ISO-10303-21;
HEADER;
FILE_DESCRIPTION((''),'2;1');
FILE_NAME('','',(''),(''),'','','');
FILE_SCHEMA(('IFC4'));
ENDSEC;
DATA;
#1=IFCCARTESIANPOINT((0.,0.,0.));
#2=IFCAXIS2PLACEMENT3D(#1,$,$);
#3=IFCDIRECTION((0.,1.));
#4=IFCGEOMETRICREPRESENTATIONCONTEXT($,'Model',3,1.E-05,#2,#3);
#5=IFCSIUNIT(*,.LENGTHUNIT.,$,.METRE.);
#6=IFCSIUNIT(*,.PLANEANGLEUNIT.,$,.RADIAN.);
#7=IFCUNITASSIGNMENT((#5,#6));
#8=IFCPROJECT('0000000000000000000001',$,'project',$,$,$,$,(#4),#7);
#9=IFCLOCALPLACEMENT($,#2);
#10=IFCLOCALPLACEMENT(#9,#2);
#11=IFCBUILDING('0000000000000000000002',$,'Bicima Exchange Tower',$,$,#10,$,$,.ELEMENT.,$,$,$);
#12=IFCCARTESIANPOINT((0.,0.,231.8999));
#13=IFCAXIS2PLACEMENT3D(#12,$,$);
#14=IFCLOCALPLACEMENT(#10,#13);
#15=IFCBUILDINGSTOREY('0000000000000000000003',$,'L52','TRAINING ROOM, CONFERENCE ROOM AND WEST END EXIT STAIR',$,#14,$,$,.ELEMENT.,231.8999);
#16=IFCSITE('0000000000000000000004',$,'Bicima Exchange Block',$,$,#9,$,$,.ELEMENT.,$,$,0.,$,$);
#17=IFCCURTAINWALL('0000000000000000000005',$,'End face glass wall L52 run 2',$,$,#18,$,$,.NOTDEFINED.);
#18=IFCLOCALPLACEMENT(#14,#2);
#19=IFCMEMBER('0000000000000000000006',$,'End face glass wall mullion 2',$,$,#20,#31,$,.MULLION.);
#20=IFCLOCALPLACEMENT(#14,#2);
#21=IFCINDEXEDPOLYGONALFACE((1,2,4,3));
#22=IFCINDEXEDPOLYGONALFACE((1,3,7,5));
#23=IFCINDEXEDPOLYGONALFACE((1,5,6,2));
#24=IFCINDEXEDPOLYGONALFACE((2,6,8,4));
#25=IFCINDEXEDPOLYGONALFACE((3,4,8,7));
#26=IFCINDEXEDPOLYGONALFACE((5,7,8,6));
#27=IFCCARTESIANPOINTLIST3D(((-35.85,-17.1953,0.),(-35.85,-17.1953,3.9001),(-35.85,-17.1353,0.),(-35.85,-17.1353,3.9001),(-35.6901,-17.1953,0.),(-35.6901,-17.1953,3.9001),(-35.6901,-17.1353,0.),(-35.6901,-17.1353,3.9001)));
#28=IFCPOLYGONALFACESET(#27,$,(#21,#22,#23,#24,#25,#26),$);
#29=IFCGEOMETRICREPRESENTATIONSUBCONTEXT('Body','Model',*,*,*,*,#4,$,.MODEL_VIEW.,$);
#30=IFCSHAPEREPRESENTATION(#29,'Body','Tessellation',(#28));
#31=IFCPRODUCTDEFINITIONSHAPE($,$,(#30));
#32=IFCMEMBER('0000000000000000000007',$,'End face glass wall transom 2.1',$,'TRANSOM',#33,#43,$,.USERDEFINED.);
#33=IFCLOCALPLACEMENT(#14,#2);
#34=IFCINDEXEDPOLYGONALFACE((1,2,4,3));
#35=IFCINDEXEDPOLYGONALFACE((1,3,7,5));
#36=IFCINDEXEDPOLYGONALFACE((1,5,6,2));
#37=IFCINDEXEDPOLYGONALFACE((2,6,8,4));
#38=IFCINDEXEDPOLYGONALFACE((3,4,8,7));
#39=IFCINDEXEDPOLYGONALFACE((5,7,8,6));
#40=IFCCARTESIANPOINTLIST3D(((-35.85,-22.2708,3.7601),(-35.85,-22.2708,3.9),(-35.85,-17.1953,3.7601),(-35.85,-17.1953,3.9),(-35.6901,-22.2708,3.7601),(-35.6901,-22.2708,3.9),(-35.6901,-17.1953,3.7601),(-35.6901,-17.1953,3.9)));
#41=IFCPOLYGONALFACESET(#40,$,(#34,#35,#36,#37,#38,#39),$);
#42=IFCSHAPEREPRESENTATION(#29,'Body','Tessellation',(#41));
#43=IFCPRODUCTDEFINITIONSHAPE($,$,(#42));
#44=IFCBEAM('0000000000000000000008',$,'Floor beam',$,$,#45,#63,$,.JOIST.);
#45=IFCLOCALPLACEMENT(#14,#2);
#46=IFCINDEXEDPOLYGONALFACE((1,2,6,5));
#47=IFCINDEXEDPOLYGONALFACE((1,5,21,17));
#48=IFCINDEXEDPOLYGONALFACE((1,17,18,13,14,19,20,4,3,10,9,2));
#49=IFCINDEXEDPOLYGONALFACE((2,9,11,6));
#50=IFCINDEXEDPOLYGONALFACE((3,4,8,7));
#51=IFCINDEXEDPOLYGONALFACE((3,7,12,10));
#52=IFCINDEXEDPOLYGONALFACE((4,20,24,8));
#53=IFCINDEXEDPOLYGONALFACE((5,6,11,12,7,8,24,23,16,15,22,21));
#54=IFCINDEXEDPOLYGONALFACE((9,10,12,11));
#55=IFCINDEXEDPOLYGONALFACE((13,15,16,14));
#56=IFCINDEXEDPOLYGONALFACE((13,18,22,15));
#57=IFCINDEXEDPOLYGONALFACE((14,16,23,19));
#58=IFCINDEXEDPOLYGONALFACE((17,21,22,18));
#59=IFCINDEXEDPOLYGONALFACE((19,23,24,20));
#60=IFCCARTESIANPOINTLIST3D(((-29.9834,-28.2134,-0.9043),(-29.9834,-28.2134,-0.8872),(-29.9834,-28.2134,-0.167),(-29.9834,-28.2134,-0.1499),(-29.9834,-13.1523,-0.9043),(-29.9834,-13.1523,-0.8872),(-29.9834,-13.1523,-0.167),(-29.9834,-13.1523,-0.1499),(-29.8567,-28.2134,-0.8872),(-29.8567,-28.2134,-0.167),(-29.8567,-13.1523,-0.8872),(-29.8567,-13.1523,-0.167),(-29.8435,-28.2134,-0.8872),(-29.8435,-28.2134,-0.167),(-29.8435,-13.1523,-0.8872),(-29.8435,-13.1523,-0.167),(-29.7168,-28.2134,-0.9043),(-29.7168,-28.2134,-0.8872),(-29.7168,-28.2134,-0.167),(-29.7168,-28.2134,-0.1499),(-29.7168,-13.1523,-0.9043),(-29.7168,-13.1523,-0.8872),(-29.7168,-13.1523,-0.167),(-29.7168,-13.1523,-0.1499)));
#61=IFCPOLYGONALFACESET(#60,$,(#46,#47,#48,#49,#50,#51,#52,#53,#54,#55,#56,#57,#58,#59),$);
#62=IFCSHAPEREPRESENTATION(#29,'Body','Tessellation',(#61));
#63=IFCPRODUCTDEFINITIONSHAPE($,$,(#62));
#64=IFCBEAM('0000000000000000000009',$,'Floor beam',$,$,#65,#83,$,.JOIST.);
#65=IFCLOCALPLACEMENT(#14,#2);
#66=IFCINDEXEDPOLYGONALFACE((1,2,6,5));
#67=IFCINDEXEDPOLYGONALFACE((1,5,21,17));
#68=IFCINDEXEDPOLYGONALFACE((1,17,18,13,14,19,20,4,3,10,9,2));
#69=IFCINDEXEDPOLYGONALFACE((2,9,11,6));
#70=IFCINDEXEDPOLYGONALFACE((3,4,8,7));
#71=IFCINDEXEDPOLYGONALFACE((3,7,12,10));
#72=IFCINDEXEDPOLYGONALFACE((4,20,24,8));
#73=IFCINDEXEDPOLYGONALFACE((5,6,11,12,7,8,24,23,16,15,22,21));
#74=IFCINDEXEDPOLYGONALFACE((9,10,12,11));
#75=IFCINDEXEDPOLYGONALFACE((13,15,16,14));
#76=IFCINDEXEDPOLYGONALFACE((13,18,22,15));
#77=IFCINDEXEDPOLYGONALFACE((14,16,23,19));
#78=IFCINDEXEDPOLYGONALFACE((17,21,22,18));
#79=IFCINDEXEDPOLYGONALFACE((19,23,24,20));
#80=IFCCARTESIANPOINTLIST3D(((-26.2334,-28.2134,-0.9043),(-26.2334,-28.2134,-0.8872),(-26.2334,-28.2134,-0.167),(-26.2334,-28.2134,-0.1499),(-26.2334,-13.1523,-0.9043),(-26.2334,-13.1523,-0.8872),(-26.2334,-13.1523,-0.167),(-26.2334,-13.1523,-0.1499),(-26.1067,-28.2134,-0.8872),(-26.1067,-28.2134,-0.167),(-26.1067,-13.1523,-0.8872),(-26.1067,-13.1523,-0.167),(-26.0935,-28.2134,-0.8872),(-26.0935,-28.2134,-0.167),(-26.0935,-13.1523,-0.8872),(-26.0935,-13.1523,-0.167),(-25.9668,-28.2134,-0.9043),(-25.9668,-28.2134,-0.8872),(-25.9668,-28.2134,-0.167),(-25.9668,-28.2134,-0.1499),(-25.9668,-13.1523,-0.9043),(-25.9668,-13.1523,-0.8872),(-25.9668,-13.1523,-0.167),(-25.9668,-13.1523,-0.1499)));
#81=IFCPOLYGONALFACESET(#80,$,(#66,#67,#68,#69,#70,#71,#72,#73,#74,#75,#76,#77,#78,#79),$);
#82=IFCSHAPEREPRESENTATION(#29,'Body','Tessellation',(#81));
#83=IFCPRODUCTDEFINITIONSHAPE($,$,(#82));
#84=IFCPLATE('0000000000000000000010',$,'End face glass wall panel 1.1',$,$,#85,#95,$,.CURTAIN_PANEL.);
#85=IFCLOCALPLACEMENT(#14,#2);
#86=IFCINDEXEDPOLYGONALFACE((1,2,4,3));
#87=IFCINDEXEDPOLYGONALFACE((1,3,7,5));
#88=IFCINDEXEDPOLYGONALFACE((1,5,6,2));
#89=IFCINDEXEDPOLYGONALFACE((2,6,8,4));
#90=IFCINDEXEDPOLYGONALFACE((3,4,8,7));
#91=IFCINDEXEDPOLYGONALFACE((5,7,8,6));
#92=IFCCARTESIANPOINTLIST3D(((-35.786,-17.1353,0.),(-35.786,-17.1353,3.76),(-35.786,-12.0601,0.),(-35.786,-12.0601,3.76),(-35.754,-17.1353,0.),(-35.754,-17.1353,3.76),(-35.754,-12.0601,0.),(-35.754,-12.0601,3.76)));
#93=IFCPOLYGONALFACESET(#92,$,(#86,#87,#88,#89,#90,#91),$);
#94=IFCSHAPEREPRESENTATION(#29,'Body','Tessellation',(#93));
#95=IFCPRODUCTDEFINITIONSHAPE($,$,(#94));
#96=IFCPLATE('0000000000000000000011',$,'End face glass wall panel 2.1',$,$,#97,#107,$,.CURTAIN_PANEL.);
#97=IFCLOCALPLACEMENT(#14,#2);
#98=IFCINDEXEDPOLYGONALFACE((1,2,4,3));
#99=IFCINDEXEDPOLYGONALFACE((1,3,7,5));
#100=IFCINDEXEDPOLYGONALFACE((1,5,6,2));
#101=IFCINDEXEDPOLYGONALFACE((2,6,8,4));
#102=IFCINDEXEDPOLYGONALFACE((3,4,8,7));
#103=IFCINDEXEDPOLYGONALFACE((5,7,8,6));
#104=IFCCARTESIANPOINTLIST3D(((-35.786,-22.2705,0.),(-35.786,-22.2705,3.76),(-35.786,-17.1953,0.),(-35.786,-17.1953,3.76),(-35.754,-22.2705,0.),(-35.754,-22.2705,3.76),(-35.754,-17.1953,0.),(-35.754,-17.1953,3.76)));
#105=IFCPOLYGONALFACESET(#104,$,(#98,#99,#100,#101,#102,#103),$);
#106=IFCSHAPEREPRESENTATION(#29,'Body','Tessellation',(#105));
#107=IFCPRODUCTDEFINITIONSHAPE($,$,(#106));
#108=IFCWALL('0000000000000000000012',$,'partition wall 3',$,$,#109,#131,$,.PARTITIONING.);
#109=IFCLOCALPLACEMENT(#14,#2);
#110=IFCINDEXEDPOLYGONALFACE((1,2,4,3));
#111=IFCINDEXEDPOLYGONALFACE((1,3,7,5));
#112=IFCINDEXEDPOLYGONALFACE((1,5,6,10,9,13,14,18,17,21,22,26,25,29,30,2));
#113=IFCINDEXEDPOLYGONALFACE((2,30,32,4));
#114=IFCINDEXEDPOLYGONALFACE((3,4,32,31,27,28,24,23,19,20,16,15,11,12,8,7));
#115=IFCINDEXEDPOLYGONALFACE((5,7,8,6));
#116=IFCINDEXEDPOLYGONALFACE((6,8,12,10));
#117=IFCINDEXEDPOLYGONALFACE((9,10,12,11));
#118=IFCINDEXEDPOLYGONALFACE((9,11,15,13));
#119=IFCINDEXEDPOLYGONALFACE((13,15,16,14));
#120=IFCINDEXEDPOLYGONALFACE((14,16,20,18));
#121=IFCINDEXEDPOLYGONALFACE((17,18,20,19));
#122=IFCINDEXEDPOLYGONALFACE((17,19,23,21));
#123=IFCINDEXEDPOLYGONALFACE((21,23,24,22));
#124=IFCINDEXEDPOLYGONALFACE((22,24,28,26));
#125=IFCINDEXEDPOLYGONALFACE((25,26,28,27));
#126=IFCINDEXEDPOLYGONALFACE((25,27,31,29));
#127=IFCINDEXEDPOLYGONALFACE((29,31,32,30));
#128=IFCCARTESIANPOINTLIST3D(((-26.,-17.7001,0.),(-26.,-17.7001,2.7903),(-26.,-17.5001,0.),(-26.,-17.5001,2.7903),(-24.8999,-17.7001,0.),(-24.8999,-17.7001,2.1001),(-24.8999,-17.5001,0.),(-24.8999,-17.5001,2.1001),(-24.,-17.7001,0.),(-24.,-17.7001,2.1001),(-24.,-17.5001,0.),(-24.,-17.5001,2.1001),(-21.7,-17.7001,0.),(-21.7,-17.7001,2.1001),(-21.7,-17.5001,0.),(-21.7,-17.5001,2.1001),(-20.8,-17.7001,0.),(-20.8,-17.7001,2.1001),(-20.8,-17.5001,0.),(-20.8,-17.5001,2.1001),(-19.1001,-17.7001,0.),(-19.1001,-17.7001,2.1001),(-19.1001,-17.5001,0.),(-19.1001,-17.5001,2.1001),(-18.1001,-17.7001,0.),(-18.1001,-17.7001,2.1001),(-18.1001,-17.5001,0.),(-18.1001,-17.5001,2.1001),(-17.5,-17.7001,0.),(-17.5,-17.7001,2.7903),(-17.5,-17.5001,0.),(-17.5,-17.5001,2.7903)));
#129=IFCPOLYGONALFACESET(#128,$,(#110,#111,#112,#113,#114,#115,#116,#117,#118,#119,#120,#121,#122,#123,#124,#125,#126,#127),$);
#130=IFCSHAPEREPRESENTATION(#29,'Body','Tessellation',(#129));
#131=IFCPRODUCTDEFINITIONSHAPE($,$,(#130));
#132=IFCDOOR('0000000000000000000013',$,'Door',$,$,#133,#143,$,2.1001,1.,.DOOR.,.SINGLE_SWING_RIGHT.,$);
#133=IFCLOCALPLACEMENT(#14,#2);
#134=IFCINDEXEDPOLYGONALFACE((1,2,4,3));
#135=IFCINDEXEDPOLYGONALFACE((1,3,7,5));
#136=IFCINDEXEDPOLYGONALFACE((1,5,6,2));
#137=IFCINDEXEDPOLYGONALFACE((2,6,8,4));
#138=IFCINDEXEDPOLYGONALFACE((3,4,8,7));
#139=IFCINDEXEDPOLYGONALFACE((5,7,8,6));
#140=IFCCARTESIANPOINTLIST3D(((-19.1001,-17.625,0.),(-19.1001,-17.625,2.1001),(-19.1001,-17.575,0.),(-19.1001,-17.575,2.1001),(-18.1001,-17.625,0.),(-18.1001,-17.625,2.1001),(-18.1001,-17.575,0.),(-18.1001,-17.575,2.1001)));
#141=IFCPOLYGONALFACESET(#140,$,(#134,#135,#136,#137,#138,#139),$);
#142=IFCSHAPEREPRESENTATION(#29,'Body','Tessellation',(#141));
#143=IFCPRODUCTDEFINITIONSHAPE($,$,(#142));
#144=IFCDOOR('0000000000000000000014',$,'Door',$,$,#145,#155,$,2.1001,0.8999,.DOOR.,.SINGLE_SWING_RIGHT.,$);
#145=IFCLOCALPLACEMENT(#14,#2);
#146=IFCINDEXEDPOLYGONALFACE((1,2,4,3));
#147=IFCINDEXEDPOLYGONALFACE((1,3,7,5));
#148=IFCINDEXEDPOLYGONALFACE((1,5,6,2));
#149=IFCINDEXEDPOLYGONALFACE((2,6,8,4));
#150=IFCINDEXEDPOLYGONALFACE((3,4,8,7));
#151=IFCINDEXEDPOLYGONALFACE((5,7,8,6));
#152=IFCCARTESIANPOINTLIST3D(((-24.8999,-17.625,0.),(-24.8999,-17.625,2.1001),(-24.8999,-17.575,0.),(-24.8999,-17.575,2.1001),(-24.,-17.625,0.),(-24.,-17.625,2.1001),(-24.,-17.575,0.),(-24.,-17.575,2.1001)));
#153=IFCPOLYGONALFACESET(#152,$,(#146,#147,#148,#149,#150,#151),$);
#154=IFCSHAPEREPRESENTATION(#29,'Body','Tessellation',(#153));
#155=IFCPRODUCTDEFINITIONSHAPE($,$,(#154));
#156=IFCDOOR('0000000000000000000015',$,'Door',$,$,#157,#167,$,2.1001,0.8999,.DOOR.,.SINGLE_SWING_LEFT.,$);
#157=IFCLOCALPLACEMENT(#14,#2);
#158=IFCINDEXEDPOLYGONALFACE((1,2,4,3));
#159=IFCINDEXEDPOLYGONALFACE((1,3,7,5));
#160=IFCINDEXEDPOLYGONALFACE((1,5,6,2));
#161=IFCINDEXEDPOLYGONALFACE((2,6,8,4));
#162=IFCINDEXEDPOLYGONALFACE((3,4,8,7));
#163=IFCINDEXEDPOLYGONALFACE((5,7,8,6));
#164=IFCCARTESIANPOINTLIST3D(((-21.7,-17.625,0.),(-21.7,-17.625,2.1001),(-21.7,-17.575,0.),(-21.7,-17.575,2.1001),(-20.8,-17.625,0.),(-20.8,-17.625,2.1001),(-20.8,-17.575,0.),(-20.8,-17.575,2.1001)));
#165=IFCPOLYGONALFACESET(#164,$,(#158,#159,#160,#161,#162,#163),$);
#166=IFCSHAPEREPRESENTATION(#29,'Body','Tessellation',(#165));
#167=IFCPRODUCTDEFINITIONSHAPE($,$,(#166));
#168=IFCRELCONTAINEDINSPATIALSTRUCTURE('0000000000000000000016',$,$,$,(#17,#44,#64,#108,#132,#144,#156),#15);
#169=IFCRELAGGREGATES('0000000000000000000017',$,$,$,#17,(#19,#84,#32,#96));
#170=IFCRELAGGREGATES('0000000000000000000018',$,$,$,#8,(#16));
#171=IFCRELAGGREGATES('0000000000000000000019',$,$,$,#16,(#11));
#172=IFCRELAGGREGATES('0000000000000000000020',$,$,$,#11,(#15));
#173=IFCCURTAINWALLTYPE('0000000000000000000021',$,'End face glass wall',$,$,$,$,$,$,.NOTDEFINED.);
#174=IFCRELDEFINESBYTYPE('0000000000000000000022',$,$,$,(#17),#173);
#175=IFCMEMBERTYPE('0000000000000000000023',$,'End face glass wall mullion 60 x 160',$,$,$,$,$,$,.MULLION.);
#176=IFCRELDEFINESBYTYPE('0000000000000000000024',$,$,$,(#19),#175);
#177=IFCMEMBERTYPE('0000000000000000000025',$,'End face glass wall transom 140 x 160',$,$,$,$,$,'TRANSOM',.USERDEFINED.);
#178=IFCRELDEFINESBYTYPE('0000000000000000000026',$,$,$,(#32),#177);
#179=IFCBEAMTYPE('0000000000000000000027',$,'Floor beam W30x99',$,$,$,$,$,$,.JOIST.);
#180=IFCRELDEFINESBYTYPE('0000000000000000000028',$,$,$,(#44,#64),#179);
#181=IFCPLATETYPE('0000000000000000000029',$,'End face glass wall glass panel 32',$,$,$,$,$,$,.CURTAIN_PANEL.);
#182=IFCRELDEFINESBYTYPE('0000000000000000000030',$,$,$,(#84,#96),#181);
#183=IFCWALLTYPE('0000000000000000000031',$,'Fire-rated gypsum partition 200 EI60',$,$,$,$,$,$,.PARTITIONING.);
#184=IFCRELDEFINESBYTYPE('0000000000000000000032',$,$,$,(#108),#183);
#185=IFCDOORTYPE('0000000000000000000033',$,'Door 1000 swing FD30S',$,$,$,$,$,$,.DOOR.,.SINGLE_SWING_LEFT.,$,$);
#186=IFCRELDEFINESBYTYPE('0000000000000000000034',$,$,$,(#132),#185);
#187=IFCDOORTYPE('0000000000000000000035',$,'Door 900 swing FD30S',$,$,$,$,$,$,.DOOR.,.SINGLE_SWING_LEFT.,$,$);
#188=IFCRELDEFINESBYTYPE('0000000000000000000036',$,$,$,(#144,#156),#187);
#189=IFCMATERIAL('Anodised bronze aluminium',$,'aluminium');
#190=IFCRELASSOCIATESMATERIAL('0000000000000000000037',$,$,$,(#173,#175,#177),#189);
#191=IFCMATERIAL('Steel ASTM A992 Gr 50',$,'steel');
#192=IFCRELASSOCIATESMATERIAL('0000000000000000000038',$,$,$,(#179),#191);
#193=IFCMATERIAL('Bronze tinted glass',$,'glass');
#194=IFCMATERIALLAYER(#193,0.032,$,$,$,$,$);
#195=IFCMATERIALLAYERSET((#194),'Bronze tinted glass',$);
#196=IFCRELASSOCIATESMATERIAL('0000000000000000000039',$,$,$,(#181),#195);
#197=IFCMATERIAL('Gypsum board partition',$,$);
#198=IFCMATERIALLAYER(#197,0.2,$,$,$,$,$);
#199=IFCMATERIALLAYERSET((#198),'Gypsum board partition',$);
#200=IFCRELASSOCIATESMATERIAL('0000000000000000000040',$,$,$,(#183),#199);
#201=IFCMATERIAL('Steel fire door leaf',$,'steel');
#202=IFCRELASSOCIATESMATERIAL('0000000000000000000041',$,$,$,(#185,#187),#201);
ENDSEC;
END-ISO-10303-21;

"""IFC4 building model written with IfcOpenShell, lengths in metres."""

from ifc_helpers import new_model, si_unit, direction, frame, frame_2d, origin, origin_2d, place, context, subcontext, project, spatial, rectangle, i_section, extrude, material, layer, layer_set, material_profile, profile_set, type_object, element, fill, aggregate, save


model = new_model("IFC4")

# Units and contexts
model_context = context("Model", 3, precision=1e-05, world=origin(), true_north=direction((0.0, 1.0)))
body_context = subcontext(model_context, "Body", "Model", "MODEL_VIEW")
ifc_project = project(units=[si_unit("LENGTHUNIT", "METRE"), si_unit("PLANEANGLEUNIT", "RADIAN")], contexts=[model_context])

# Site, building, storey
site_placement = place(None, origin())
site = spatial("IfcSite", under=ifc_project, at=site_placement, Name="Bicima Exchange Block", CompositionType="ELEMENT", RefElevation=0.0)
building_placement = place(site_placement, origin())
building = spatial("IfcBuilding", under=site, at=building_placement, Name="Bicima Exchange Tower", CompositionType="ELEMENT")
storey_placement = place(building_placement, frame((0.0, 0.0, 231.8999)))
storey = spatial("IfcBuildingStorey", under=building, at=storey_placement, Name="L52", Description="TRAINING ROOM, CONFERENCE ROOM AND WEST END EXIT STAIR", CompositionType="ELEMENT", Elevation=231.8999)

# Curtain wall, members
ifc_material_1 = material(Name="Anodised bronze aluminium", Category="aluminium")
curtain_wall_type = type_object("IfcCurtainWallType", Name="End face glass wall", PredefinedType="NOTDEFINED", material=ifc_material_1)
curtain_wall_placement = place(storey_placement, origin())
curtain_wall = element("IfcCurtainWall", 1, at=curtain_wall_placement, inside=storey, type_object=curtain_wall_type, Name="End face glass wall L52 run 2", PredefinedType="NOTDEFINED")
ifc_material_profile_1 = material_profile(ifc_material_1, rectangle(XDim=0.1599, YDim=0.0601, at=origin_2d()))
ifc_profile_set_1 = profile_set([ifc_material_profile_1], Name="Anodised bronze aluminium")
member_type_1 = type_object("IfcMemberType", Name="End face glass wall mullion 60 x 160", PredefinedType="MULLION", material=ifc_profile_set_1)
member_1_placement = place(storey_placement, frame((-35.77, -17.1653, 0.0), z_axis=(0.0, 0.0, 1.0), x_axis=(1.0, 0.0, 0.0)))
member_1 = element("IfcMember", 2, at=member_1_placement, type_object=member_type_1, Name="End face glass wall mullion 2", PredefinedType="MULLION", context=body_context, shape_type="SweptSolid", body=[
    extrude(rectangle(XDim=0.1599, YDim=0.0601, at=origin_2d()), origin(), (0.0, 0.0, 1.0), 3.9001),
])
ifc_material_profile_2 = material_profile(ifc_material_1, rectangle(XDim=0.1599, YDim=0.1399, at=origin_2d()))
ifc_profile_set_2 = profile_set([ifc_material_profile_2], Name="Anodised bronze aluminium")
member_type_2 = type_object("IfcMemberType", Name="End face glass wall transom 140 x 160", ElementType="TRANSOM", PredefinedType="USERDEFINED", material=ifc_profile_set_2)
member_2_placement = place(storey_placement, frame((-35.77, -17.1953, 3.8301), z_axis=(0.0, -1.0, 0.0), x_axis=(1.0, 0.0, 0.0)))
member_2 = element("IfcMember", 3, at=member_2_placement, type_object=member_type_2, Name="End face glass wall transom 2.1", ObjectType="TRANSOM", PredefinedType="USERDEFINED", context=body_context, shape_type="SweptSolid", body=[
    extrude(rectangle(XDim=0.1599, YDim=0.1399, at=origin_2d()), origin(), (0.0, 0.0, 1.0), 5.0754),
])

# Beams
ifc_material_2 = material(Name="Steel ASTM A992 Gr 50", Category="steel")
ifc_material_profile_3 = material_profile(ifc_material_2, i_section(OverallWidth=0.2666, OverallDepth=0.7544, WebThickness=0.0132, FlangeThickness=0.0171, at=origin_2d()))
ifc_profile_set_3 = profile_set([ifc_material_profile_3], Name="Steel ASTM A992 Gr 50")
beam_type = type_object("IfcBeamType", Name="Floor beam W30x99", PredefinedType="JOIST", material=ifc_profile_set_3)
for number, where, z_axis, x_axis, name in (
    (4, (-29.8501, -13.1523, -0.5271), (0.0, -1.0, 0.0), (1.0, 0.0, 0.0), "Floor beam"),
    (5, (-26.1001, -13.1523, -0.5271), (0.0, -1.0, 0.0), (1.0, 0.0, 0.0), "Floor beam"),
):
    element("IfcBeam", number, at=place(storey_placement, frame(where, z_axis=z_axis, x_axis=x_axis)), inside=storey, type_object=beam_type, Name=name, PredefinedType="JOIST", context=body_context, shape_type="SweptSolid", body=[
        extrude(i_section(OverallWidth=0.2666, OverallDepth=0.7544, WebThickness=0.0132, FlangeThickness=0.0171, at=origin_2d()), origin(), (0.0, 0.0, 1.0), 15.061),
    ])

# Plates
ifc_material_3 = material(Name="Bronze tinted glass", Category="glass")
ifc_layer_1 = layer(ifc_material_3, 0.032)
ifc_layer_set_1 = layer_set([ifc_layer_1], Name="Bronze tinted glass")
plate_type = type_object("IfcPlateType", Name="End face glass wall glass panel 32", PredefinedType="CURTAIN_PANEL", material=ifc_layer_set_1)
plate_1_placement = place(storey_placement, frame((-35.77, -14.5977, 0.0), z_axis=(0.0, 0.0, 1.0), x_axis=(0.0, -1.0, 0.0)))
plate_1 = element("IfcPlate", 6, at=plate_1_placement, type_object=plate_type, Name="End face glass wall panel 1.1", PredefinedType="CURTAIN_PANEL", context=body_context, shape_type="SweptSolid", body=[
    extrude(rectangle(XDim=5.0752, YDim=0.032, at=origin_2d()), origin(), (0.0, 0.0, 1.0), 3.76),
])
plate_2_placement = place(storey_placement, frame((-35.77, -19.7329, 0.0), z_axis=(0.0, 0.0, 1.0), x_axis=(0.0, -1.0, 0.0)))
plate_2 = element("IfcPlate", 7, at=plate_2_placement, type_object=plate_type, Name="End face glass wall panel 2.1", PredefinedType="CURTAIN_PANEL", context=body_context, shape_type="SweptSolid", body=[
    extrude(rectangle(XDim=5.0752, YDim=0.032, at=origin_2d()), origin(), (0.0, 0.0, 1.0), 3.76),
])
aggregate(curtain_wall, [member_1, plate_1, member_2, plate_2])

# Wall, openings, doors
ifc_material_4 = material(Name="Gypsum board partition")
ifc_layer_2 = layer(ifc_material_4, 0.2)
ifc_layer_set_2 = layer_set([ifc_layer_2], Name="Gypsum board partition")
wall_type_1 = type_object("IfcWallType", Name="Fire-rated gypsum partition 200 EI60", PredefinedType="PARTITIONING", material=ifc_layer_set_2)
wall_1_placement = place(storey_placement, frame((-26.0, -17.6001, 0.0), z_axis=(0.0, 0.0, 1.0), x_axis=(1.0, 0.0, 0.0)))
wall_1 = element("IfcWall", 8, at=wall_1_placement, inside=storey, type_object=wall_type_1, Name="partition wall 3", PredefinedType="PARTITIONING", context=body_context, shape_type="SweptSolid", body=[
    extrude(rectangle(XDim=8.5, YDim=0.2, at=frame_2d((4.25, 0.0))), origin(), (0.0, 0.0, 1.0), 2.7903),
])
opening_1_placement = place(wall_1_placement, frame((1.1001, 0.0, 0.0)))
opening_1 = element("IfcOpeningElement", 9, at=opening_1_placement, cuts=wall_1, PredefinedType="OPENING", context=body_context, shape_type="SweptSolid", body=[
    extrude(rectangle(XDim=0.8999, YDim=2.1001, at=frame_2d((0.45, 1.05))), frame((0.0, 0.1118, 0.0), z_axis=(0.0, -1.0, 0.0), x_axis=(1.0, 0.0, 0.0)), (0.0, 0.0, 1.0), 0.2239),
])
opening_2_placement = place(wall_1_placement, frame((4.3, 0.0, 0.0)))
opening_2 = element("IfcOpeningElement", 10, at=opening_2_placement, cuts=wall_1, PredefinedType="OPENING", context=body_context, shape_type="SweptSolid", body=[
    extrude(rectangle(XDim=0.8999, YDim=2.1001, at=frame_2d((0.45, 1.05))), frame((0.0, 0.1118, 0.0), z_axis=(0.0, -1.0, 0.0), x_axis=(1.0, 0.0, 0.0)), (0.0, 0.0, 1.0), 0.2239),
])
opening_3_placement = place(wall_1_placement, frame((6.8999, 0.0, 0.0)))
opening_3 = element("IfcOpeningElement", 11, at=opening_3_placement, cuts=wall_1, PredefinedType="OPENING", context=body_context, shape_type="SweptSolid", body=[
    extrude(rectangle(XDim=1.0, YDim=2.1001, at=frame_2d((0.5, 1.05))), frame((0.0, 0.1118, 0.0), z_axis=(0.0, -1.0, 0.0), x_axis=(1.0, 0.0, 0.0)), (0.0, 0.0, 1.0), 0.2239),
])
ifc_material_5 = material(Name="Steel fire door leaf", Category="steel")
door_type_1 = type_object("IfcDoorType", Name="Door 1000 swing FD30S", OperationType="SINGLE_SWING_LEFT", PredefinedType="DOOR", material=ifc_material_5)
door_1_placement = place(opening_3_placement, frame((1.0, 0.0, 0.0), z_axis=(0.0, 0.0, 1.0), x_axis=(-1.0, 0.0, 0.0)))
door_1 = element("IfcDoor", 12, at=door_1_placement, inside=storey, type_object=door_type_1, Name="Door", OperationType="SINGLE_SWING_RIGHT", OverallHeight=2.1001, OverallWidth=1.0, PredefinedType="DOOR", context=body_context, shape_type="SweptSolid", body=[
    extrude(rectangle(XDim=1.0, YDim=2.1001, at=frame_2d((0.5, 1.05))), frame((0.0, 0.0249, 0.0), z_axis=(0.0, -1.0, 0.0), x_axis=(1.0, 0.0, 0.0)), (0.0, 0.0, 1.0), 0.05),
])
fill(opening_3, door_1)
door_type_2 = type_object("IfcDoorType", Name="Door 900 swing FD30S", OperationType="SINGLE_SWING_LEFT", PredefinedType="DOOR", material=ifc_material_5)
door_2_placement = place(opening_1_placement, frame((0.8999, 0.0, 0.0), z_axis=(0.0, 0.0, 1.0), x_axis=(-1.0, 0.0, 0.0)))
door_2 = element("IfcDoor", 13, at=door_2_placement, inside=storey, type_object=door_type_2, Name="Door", OperationType="SINGLE_SWING_RIGHT", OverallHeight=2.1001, OverallWidth=0.8999, PredefinedType="DOOR", context=body_context, shape_type="SweptSolid", body=[
    extrude(rectangle(XDim=0.8999, YDim=2.1001, at=frame_2d((0.45, 1.05))), frame((0.0, 0.0249, 0.0), z_axis=(0.0, -1.0, 0.0), x_axis=(1.0, 0.0, 0.0)), (0.0, 0.0, 1.0), 0.05),
])
fill(opening_1, door_2)
door_3_placement = place(opening_2_placement, frame((0.8999, 0.0, 0.0), z_axis=(0.0, 0.0, 1.0), x_axis=(-1.0, 0.0, 0.0)))
door_3 = element("IfcDoor", 14, at=door_3_placement, inside=storey, type_object=door_type_2, Name="Door", OperationType="SINGLE_SWING_LEFT", OverallHeight=2.1001, OverallWidth=0.8999, PredefinedType="DOOR", context=body_context, shape_type="SweptSolid", body=[
    extrude(rectangle(XDim=0.8999, YDim=2.1001, at=frame_2d((0.45, 1.05))), frame((0.0, 0.0249, 0.0), z_axis=(0.0, -1.0, 0.0), x_axis=(1.0, 0.0, 0.0)), (0.0, 0.0, 1.0), 0.05),
])
fill(opening_2, door_3)

save(model, "model.ifc")
